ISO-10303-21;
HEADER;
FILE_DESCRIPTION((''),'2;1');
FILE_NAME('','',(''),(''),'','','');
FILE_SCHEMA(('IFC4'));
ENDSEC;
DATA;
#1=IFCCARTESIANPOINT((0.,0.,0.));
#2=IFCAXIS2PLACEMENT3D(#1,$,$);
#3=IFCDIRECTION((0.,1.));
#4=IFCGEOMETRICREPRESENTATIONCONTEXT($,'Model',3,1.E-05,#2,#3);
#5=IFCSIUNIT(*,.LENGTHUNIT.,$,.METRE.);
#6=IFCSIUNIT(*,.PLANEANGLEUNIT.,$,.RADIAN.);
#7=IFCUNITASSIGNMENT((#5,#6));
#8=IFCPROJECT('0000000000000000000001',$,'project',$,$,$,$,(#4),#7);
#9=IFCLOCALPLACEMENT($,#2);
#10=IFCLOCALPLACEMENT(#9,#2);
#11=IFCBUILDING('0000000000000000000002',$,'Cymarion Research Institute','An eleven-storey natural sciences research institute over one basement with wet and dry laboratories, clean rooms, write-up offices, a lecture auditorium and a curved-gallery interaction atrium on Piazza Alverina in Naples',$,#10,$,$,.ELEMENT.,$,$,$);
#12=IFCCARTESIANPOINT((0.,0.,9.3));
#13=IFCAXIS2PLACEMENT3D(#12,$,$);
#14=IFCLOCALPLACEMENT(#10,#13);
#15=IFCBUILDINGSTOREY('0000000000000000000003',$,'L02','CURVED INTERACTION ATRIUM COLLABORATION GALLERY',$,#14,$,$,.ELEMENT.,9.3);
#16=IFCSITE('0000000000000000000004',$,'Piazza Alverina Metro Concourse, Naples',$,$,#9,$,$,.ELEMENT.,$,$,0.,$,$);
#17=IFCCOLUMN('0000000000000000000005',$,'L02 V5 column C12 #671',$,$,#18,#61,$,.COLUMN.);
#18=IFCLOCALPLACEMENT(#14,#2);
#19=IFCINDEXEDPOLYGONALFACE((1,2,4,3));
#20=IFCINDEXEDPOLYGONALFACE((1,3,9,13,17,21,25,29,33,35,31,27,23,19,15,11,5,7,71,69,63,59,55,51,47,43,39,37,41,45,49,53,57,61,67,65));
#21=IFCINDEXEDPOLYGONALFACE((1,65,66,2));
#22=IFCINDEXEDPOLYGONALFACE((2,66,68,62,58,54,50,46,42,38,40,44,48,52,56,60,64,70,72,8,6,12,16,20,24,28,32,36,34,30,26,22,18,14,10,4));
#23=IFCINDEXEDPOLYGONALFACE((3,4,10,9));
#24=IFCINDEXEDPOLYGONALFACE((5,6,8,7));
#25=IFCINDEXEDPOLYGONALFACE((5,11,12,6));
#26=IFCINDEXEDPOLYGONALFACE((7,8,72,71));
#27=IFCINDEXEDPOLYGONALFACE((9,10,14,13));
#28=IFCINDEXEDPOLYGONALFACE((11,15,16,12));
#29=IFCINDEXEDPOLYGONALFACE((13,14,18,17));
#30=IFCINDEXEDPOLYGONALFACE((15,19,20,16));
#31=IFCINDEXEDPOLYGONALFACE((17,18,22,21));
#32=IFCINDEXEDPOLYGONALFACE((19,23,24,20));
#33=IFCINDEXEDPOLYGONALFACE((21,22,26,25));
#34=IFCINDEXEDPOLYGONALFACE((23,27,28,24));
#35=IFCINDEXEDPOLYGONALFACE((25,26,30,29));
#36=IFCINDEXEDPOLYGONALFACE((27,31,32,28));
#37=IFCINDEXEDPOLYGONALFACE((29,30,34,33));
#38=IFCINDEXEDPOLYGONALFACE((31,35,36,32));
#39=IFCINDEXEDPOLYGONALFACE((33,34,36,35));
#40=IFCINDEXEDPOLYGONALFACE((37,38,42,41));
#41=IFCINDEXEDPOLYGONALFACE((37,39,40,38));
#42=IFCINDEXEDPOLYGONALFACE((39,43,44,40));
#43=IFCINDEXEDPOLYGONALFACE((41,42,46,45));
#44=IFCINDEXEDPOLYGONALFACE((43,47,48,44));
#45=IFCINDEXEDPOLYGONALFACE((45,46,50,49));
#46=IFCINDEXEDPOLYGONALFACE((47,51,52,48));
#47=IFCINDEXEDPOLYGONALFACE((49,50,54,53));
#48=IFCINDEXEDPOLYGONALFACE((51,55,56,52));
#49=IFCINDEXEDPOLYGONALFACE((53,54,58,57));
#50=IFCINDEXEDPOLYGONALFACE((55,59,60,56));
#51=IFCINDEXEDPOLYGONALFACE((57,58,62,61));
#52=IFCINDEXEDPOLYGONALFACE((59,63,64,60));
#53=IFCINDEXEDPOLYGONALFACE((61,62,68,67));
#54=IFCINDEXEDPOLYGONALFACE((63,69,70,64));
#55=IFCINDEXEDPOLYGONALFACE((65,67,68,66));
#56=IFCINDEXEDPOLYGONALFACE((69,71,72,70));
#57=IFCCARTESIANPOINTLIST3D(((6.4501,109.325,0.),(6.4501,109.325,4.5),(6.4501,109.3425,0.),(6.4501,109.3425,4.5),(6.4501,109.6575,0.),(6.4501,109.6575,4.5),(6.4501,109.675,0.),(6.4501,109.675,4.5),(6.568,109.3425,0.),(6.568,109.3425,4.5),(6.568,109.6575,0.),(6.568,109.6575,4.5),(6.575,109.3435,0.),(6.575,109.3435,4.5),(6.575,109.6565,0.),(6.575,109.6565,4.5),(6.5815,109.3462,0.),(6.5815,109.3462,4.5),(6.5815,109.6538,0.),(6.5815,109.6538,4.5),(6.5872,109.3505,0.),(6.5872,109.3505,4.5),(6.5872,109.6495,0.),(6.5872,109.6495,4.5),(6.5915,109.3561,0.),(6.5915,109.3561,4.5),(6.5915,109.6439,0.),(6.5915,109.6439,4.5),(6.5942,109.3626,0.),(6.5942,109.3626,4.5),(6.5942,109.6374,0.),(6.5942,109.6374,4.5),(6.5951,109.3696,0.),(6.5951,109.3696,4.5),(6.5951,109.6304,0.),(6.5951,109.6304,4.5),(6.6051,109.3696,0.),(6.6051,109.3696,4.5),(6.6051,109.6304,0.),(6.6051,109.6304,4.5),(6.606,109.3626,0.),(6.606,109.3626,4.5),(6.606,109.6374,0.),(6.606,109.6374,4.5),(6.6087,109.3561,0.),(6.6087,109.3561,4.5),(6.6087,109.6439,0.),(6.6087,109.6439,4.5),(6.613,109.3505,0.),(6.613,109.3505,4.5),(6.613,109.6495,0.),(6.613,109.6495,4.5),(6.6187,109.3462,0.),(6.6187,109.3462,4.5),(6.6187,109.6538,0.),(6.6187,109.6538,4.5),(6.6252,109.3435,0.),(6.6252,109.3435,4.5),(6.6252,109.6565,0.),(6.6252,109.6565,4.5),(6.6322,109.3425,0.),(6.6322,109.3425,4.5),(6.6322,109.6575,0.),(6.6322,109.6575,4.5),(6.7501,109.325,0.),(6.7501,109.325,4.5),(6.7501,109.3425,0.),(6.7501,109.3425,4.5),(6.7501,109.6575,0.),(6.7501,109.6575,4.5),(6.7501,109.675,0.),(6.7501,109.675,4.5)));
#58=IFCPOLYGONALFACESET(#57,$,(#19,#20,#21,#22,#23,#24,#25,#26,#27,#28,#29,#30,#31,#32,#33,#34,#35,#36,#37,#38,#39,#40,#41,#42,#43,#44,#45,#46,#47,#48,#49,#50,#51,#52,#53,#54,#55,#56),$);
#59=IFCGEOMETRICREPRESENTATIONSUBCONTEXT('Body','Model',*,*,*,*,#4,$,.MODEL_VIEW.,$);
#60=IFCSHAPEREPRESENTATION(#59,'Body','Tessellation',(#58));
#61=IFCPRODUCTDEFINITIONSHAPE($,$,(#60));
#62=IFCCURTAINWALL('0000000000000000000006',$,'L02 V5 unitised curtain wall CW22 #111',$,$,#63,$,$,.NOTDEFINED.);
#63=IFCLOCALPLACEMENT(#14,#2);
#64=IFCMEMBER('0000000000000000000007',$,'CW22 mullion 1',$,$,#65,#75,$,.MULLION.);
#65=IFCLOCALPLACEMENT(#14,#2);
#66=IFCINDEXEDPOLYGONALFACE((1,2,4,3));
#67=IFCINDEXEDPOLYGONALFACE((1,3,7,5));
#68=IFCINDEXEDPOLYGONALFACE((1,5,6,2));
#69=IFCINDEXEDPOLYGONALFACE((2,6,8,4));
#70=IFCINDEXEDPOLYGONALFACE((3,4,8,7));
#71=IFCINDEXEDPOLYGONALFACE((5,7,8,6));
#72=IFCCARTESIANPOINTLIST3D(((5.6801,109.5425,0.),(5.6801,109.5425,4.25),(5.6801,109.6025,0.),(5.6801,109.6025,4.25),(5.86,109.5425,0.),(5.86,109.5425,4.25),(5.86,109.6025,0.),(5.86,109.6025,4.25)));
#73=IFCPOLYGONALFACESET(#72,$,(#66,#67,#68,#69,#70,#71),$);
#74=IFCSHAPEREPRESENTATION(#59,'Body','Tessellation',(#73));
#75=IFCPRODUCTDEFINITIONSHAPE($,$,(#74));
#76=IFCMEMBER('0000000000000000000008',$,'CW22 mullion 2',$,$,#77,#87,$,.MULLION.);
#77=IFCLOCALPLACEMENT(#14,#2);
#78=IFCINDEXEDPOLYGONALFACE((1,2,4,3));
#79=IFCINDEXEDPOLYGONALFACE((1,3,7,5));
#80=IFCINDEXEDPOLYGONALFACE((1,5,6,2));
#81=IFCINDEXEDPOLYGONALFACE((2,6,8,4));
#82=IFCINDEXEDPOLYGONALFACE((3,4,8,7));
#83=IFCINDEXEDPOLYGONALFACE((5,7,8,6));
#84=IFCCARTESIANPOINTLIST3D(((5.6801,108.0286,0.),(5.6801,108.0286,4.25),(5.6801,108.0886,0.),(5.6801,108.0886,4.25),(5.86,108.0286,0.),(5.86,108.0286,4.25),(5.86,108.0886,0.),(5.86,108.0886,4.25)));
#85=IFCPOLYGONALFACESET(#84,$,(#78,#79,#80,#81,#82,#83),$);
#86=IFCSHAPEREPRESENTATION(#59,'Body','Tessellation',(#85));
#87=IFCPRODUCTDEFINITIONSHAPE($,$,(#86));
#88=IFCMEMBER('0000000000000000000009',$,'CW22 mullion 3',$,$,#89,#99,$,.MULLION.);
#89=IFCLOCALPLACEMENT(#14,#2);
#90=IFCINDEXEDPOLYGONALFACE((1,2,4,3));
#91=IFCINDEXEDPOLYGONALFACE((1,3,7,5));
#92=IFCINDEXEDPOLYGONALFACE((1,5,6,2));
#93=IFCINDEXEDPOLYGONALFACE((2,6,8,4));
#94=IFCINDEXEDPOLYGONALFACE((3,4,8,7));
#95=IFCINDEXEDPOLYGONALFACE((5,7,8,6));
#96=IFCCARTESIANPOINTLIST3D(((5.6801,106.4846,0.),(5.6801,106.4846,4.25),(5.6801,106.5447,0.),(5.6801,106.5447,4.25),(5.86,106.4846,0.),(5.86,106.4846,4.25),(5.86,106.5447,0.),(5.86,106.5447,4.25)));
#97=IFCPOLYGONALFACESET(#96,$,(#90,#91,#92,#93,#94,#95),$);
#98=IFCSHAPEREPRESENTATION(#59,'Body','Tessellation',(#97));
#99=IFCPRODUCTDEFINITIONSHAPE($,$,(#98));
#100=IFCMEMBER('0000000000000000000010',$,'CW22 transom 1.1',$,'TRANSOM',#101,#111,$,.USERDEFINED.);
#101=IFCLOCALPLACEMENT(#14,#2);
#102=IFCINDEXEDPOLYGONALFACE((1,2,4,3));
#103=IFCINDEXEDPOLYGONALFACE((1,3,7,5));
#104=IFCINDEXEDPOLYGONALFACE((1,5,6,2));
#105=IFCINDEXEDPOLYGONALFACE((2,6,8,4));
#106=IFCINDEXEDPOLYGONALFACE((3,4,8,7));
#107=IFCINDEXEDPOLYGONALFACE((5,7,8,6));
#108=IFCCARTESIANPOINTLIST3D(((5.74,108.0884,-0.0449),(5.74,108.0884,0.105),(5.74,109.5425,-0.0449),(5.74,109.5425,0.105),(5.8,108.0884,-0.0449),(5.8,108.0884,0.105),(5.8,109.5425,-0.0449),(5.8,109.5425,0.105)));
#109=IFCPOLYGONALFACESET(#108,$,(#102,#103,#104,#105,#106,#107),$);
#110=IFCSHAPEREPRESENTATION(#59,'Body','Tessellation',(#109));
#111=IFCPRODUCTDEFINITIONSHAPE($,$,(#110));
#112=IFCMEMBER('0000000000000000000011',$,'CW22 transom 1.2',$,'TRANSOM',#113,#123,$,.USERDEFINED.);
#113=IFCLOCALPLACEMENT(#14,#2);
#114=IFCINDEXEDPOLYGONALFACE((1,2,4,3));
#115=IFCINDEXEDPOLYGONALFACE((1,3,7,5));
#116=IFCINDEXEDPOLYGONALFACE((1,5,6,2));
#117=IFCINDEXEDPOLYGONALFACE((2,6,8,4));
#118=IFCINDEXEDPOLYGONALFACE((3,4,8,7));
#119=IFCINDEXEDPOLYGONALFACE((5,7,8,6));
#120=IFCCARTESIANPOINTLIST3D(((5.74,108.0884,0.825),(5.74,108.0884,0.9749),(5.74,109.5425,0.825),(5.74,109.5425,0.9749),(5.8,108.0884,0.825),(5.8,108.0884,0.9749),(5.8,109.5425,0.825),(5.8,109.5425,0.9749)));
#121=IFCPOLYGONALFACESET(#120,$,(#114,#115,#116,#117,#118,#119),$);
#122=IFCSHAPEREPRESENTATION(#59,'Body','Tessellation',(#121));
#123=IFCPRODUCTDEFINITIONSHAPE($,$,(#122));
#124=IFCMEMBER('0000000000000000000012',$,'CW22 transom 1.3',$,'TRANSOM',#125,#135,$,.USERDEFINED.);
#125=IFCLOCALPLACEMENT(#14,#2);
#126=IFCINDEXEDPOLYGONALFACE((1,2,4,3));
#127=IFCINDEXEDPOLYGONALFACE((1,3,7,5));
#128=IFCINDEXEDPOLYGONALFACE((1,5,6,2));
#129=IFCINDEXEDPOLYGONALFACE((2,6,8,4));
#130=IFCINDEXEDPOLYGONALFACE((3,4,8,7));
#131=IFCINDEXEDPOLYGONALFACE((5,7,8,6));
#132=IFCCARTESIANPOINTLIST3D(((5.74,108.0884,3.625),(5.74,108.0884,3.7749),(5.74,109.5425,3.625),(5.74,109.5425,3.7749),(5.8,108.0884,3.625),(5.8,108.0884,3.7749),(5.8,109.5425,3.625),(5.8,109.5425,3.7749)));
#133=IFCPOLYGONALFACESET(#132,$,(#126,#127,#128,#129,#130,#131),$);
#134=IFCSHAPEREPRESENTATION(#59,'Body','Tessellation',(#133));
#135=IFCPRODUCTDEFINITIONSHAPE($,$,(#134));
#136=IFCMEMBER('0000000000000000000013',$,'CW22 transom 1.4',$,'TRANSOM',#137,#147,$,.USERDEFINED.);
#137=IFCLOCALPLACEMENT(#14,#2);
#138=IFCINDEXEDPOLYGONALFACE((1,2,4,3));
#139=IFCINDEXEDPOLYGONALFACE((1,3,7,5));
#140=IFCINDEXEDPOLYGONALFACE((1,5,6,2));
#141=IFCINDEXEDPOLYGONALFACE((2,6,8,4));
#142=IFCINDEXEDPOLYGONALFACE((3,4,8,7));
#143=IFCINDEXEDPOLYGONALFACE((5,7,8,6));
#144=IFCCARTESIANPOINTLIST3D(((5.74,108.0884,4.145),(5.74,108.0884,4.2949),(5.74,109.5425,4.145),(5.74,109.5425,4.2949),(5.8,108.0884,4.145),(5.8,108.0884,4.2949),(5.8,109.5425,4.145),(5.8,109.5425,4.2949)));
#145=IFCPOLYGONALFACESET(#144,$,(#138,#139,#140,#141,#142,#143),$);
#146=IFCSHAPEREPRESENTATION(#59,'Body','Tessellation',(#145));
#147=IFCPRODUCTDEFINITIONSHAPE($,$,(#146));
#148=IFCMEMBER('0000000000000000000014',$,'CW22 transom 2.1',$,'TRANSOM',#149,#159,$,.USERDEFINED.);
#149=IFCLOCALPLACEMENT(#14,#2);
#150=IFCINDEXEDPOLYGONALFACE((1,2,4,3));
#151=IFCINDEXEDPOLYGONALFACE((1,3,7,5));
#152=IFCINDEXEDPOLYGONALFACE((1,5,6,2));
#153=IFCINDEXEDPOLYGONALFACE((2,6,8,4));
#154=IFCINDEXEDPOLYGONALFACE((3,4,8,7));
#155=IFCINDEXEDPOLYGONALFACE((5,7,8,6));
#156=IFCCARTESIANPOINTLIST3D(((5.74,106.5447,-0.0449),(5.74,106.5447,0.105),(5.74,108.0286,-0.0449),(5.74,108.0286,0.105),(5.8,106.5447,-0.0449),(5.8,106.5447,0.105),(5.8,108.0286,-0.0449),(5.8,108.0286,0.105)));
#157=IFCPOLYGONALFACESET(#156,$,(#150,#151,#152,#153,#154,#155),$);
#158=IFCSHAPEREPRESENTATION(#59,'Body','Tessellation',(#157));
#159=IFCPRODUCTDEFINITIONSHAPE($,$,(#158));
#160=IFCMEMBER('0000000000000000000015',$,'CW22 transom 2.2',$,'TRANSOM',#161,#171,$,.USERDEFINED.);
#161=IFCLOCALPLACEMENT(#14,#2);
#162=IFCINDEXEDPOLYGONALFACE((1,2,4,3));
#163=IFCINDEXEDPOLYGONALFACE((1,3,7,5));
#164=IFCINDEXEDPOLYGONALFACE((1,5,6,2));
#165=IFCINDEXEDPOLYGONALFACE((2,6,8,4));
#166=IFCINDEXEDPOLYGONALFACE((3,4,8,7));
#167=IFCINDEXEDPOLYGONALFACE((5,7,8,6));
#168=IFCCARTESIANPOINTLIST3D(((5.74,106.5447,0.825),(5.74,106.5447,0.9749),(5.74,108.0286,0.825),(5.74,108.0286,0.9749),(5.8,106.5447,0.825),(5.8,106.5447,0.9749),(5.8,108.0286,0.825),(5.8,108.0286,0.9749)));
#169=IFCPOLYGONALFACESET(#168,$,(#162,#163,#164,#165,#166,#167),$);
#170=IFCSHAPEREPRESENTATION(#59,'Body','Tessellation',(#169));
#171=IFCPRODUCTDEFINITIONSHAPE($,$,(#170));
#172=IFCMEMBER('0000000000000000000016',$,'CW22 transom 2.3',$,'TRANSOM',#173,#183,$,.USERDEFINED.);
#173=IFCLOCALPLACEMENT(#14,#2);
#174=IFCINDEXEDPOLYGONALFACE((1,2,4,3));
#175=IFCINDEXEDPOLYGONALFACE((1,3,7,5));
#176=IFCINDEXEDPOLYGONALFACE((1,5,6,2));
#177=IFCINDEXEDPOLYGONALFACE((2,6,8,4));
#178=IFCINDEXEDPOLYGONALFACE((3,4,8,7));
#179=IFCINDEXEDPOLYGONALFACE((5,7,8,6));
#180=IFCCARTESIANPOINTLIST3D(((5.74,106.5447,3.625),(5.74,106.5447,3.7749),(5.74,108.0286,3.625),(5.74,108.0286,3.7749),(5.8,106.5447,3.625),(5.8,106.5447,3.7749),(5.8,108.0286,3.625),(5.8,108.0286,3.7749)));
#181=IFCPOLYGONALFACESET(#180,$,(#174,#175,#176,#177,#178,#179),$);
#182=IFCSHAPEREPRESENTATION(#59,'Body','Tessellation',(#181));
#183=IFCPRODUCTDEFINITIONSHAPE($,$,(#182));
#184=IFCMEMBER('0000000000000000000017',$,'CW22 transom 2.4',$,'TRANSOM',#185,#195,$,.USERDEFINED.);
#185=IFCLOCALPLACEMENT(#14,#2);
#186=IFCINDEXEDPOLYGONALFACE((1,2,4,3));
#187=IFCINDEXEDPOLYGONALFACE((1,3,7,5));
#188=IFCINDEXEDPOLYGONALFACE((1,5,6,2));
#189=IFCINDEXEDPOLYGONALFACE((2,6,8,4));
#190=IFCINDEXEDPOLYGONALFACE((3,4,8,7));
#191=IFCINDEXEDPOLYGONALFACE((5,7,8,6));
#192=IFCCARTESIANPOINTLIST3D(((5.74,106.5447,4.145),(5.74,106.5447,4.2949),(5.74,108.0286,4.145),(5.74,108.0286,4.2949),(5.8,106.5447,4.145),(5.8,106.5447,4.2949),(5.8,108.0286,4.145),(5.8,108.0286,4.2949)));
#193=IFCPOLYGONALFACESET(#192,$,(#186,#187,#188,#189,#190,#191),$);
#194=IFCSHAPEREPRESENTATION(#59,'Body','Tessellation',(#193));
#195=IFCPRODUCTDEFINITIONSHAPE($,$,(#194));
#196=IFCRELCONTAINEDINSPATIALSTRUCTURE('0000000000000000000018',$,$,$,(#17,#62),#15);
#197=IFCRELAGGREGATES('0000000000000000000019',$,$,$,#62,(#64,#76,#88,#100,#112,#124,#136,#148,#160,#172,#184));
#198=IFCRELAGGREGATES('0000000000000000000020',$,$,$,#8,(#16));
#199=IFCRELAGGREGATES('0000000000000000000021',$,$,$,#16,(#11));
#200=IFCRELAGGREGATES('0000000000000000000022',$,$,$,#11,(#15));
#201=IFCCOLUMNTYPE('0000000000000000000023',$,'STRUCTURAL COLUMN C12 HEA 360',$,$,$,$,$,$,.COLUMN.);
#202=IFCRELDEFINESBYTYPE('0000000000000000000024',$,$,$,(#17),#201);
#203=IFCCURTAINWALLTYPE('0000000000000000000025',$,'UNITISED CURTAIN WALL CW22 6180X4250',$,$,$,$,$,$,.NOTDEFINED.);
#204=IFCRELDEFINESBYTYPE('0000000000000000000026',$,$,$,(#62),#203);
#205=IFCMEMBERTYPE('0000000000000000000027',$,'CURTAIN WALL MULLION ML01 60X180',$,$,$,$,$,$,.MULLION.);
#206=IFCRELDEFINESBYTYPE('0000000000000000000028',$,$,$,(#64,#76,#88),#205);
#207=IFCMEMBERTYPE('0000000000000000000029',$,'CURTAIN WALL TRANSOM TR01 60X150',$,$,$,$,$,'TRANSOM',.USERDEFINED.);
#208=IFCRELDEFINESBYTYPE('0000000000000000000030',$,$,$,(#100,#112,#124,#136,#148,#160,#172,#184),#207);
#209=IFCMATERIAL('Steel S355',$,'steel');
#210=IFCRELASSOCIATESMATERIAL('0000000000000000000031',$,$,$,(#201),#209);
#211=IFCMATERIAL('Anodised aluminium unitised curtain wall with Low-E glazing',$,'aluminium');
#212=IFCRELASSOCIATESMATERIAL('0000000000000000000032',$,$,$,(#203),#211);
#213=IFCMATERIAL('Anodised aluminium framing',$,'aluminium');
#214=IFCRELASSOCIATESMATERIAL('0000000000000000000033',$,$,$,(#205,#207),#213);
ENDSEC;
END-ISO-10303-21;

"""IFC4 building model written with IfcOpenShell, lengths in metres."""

from ifc_helpers import new_model, si_unit, direction, frame, origin, origin_2d, place, context, subcontext, project, spatial, rectangle, i_section, extrude, material, material_profile, profile_set, type_object, element, aggregate, save


model = new_model("IFC4")

# Units and contexts
model_context = context("Model", 3, precision=1e-05, world=origin(), true_north=direction((0.0, 1.0)))
body_context = subcontext(model_context, "Body", "Model", "MODEL_VIEW")
ifc_project = project(units=[si_unit("LENGTHUNIT", "METRE"), si_unit("PLANEANGLEUNIT", "RADIAN")], contexts=[model_context])

# Site, building, storey
site_placement = place(None, origin())
site = spatial("IfcSite", under=ifc_project, at=site_placement, Name="Piazza Alverina Metro Concourse, Naples", CompositionType="ELEMENT", RefElevation=0.0)
building_placement = place(site_placement, origin())
building = spatial("IfcBuilding", under=site, at=building_placement, Name="Cymarion Research Institute", Description="An eleven-storey natural sciences research institute over one basement with wet and dry laboratories, clean rooms, write-up offices, a lecture auditorium and a curved-gallery interaction atrium on Piazza Alverina in Naples", CompositionType="ELEMENT")
storey_placement = place(building_placement, frame((0.0, 0.0, 9.3)))
storey = spatial("IfcBuildingStorey", under=building, at=storey_placement, Name="L02", Description="CURVED INTERACTION ATRIUM COLLABORATION GALLERY", CompositionType="ELEMENT", Elevation=9.3)

# Column
ifc_material_1 = material(Name="Steel S355", Category="steel")
ifc_material_profile_1 = material_profile(ifc_material_1, i_section(OverallWidth=0.3, OverallDepth=0.3501, WebThickness=0.01, FlangeThickness=0.0176, FilletRadius=0.0271, at=origin_2d()), Name="HEA 360")
ifc_profile_set_1 = profile_set([ifc_material_profile_1], Name="Steel S355")
column_type = type_object("IfcColumnType", Name="STRUCTURAL COLUMN C12 HEA 360", PredefinedType="COLUMN", material=ifc_profile_set_1)
column_placement = place(storey_placement, frame((6.6001, 109.5, 0.0), z_axis=(0.0, 0.0, 1.0), x_axis=(1.0, 0.0, 0.0)))
element("IfcColumn", 1, at=column_placement, inside=storey, type_object=column_type, Name="L02 V5 column C12 #671", PredefinedType="COLUMN", context=body_context, shape_type="SweptSolid", body=[
    extrude(i_section(OverallWidth=0.3, OverallDepth=0.3501, WebThickness=0.01, FlangeThickness=0.0176, FilletRadius=0.0271, at=origin_2d()), origin(), (0.0, 0.0, 1.0), 4.5),
])

# Curtain wall, members
ifc_material_2 = material(Name="Anodised aluminium unitised curtain wall with Low-E glazing", Category="aluminium")
curtain_wall_type = type_object("IfcCurtainWallType", Name="UNITISED CURTAIN WALL CW22 6180X4250", PredefinedType="NOTDEFINED", material=ifc_material_2)
curtain_wall_placement = place(storey_placement, origin())
curtain_wall = element("IfcCurtainWall", 2, at=curtain_wall_placement, inside=storey, type_object=curtain_wall_type, Name="L02 V5 unitised curtain wall CW22 #111", PredefinedType="NOTDEFINED")
ifc_material_3 = material(Name="Anodised aluminium framing", Category="aluminium")
ifc_material_profile_2 = material_profile(ifc_material_3, rectangle(XDim=0.0601, YDim=0.1799, at=origin_2d()), Name="ALU MULLION 60x180")
ifc_profile_set_2 = profile_set([ifc_material_profile_2], Name="Anodised aluminium framing")
member_type_1 = type_object("IfcMemberType", Name="CURTAIN WALL MULLION ML01 60X180", PredefinedType="MULLION", material=ifc_profile_set_2)
member_1_placement = place(storey_placement, frame((5.77, 109.5725, 0.0), z_axis=(0.0, 0.0, 1.0), x_axis=(0.0, -1.0, 0.0)))
member_1 = element("IfcMember", 3, at=member_1_placement, type_object=member_type_1, Name="CW22 mullion 1", PredefinedType="MULLION", context=body_context, shape_type="SweptSolid", body=[
    extrude(rectangle(XDim=0.0601, YDim=0.1799, at=origin_2d()), origin(), (0.0, 0.0, 1.0), 4.25),
])
member_2_placement = place(storey_placement, frame((5.77, 108.0586, 0.0), z_axis=(0.0, 0.0, 1.0), x_axis=(0.0, -1.0, 0.0)))
member_2 = element("IfcMember", 4, at=member_2_placement, type_object=member_type_1, Name="CW22 mullion 2", PredefinedType="MULLION", context=body_context, shape_type="SweptSolid", body=[
    extrude(rectangle(XDim=0.0601, YDim=0.1799, at=origin_2d()), origin(), (0.0, 0.0, 1.0), 4.25),
])
member_3_placement = place(storey_placement, frame((5.77, 106.5146, 0.0), z_axis=(0.0, 0.0, 1.0), x_axis=(0.0, -1.0, 0.0)))
member_3 = element("IfcMember", 5, at=member_3_placement, type_object=member_type_1, Name="CW22 mullion 3", PredefinedType="MULLION", context=body_context, shape_type="SweptSolid", body=[
    extrude(rectangle(XDim=0.0601, YDim=0.1799, at=origin_2d()), origin(), (0.0, 0.0, 1.0), 4.25),
])
ifc_material_profile_3 = material_profile(ifc_material_3, rectangle(XDim=0.0601, YDim=0.1499, at=origin_2d()), Name="ALU TRANSOM 60x150")
ifc_profile_set_3 = profile_set([ifc_material_profile_3], Name="Anodised aluminium framing")
member_type_2 = type_object("IfcMemberType", Name="CURTAIN WALL TRANSOM TR01 60X150", ElementType="TRANSOM", PredefinedType="USERDEFINED", material=ifc_profile_set_3)
member_4_placement = place(storey_placement, frame((5.77, 109.5425, 0.03), z_axis=(0.0, -1.0, 0.0), x_axis=(1.0, 0.0, 0.0)))
member_4 = element("IfcMember", 6, at=member_4_placement, type_object=member_type_2, Name="CW22 transom 1.1", ObjectType="TRANSOM", PredefinedType="USERDEFINED", context=body_context, shape_type="SweptSolid", body=[
    extrude(rectangle(XDim=0.0601, YDim=0.1499, at=origin_2d()), origin(), (0.0, 0.0, 1.0), 1.4541),
])
member_5_placement = place(storey_placement, frame((5.77, 109.5425, 0.8999), z_axis=(0.0, -1.0, 0.0), x_axis=(1.0, 0.0, 0.0)))
member_5 = element("IfcMember", 7, at=member_5_placement, type_object=member_type_2, Name="CW22 transom 1.2", ObjectType="TRANSOM", PredefinedType="USERDEFINED", context=body_context, shape_type="SweptSolid", body=[
    extrude(rectangle(XDim=0.0601, YDim=0.1499, at=origin_2d()), origin(), (0.0, 0.0, 1.0), 1.4541),
])
member_6_placement = place(storey_placement, frame((5.77, 109.5425, 3.7), z_axis=(0.0, -1.0, 0.0), x_axis=(1.0, 0.0, 0.0)))
member_6 = element("IfcMember", 8, at=member_6_placement, type_object=member_type_2, Name="CW22 transom 1.3", ObjectType="TRANSOM", PredefinedType="USERDEFINED", context=body_context, shape_type="SweptSolid", body=[
    extrude(rectangle(XDim=0.0601, YDim=0.1499, at=origin_2d()), origin(), (0.0, 0.0, 1.0), 1.4541),
])
member_7_placement = place(storey_placement, frame((5.77, 109.5425, 4.22), z_axis=(0.0, -1.0, 0.0), x_axis=(1.0, 0.0, 0.0)))
member_7 = element("IfcMember", 9, at=member_7_placement, type_object=member_type_2, Name="CW22 transom 1.4", ObjectType="TRANSOM", PredefinedType="USERDEFINED", context=body_context, shape_type="SweptSolid", body=[
    extrude(rectangle(XDim=0.0601, YDim=0.1499, at=origin_2d()), origin(), (0.0, 0.0, 1.0), 1.4541),
])
member_8_placement = place(storey_placement, frame((5.77, 108.0286, 0.03), z_axis=(0.0, -1.0, 0.0), x_axis=(1.0, 0.0, 0.0)))
member_8 = element("IfcMember", 10, at=member_8_placement, type_object=member_type_2, Name="CW22 transom 2.1", ObjectType="TRANSOM", PredefinedType="USERDEFINED", context=body_context, shape_type="SweptSolid", body=[
    extrude(rectangle(XDim=0.0601, YDim=0.1499, at=origin_2d()), origin(), (0.0, 0.0, 1.0), 1.4839),
])
member_9_placement = place(storey_placement, frame((5.77, 108.0286, 0.8999), z_axis=(0.0, -1.0, 0.0), x_axis=(1.0, 0.0, 0.0)))
member_9 = element("IfcMember", 11, at=member_9_placement, type_object=member_type_2, Name="CW22 transom 2.2", ObjectType="TRANSOM", PredefinedType="USERDEFINED", context=body_context, shape_type="SweptSolid", body=[
    extrude(rectangle(XDim=0.0601, YDim=0.1499, at=origin_2d()), origin(), (0.0, 0.0, 1.0), 1.4839),
])
member_10_placement = place(storey_placement, frame((5.77, 108.0286, 3.7), z_axis=(0.0, -1.0, 0.0), x_axis=(1.0, 0.0, 0.0)))
member_10 = element("IfcMember", 12, at=member_10_placement, type_object=member_type_2, Name="CW22 transom 2.3", ObjectType="TRANSOM", PredefinedType="USERDEFINED", context=body_context, shape_type="SweptSolid", body=[
    extrude(rectangle(XDim=0.0601, YDim=0.1499, at=origin_2d()), origin(), (0.0, 0.0, 1.0), 1.4839),
])
member_11_placement = place(storey_placement, frame((5.77, 108.0286, 4.22), z_axis=(0.0, -1.0, 0.0), x_axis=(1.0, 0.0, 0.0)))
member_11 = element("IfcMember", 13, at=member_11_placement, type_object=member_type_2, Name="CW22 transom 2.4", ObjectType="TRANSOM", PredefinedType="USERDEFINED", context=body_context, shape_type="SweptSolid", body=[
    extrude(rectangle(XDim=0.0601, YDim=0.1499, at=origin_2d()), origin(), (0.0, 0.0, 1.0), 1.4839),
])

aggregate(curtain_wall, [member_1, member_2, member_3, member_4, member_5, member_6, member_7, member_8, member_9, member_10, member_11])

save(model, "model.ifc")
